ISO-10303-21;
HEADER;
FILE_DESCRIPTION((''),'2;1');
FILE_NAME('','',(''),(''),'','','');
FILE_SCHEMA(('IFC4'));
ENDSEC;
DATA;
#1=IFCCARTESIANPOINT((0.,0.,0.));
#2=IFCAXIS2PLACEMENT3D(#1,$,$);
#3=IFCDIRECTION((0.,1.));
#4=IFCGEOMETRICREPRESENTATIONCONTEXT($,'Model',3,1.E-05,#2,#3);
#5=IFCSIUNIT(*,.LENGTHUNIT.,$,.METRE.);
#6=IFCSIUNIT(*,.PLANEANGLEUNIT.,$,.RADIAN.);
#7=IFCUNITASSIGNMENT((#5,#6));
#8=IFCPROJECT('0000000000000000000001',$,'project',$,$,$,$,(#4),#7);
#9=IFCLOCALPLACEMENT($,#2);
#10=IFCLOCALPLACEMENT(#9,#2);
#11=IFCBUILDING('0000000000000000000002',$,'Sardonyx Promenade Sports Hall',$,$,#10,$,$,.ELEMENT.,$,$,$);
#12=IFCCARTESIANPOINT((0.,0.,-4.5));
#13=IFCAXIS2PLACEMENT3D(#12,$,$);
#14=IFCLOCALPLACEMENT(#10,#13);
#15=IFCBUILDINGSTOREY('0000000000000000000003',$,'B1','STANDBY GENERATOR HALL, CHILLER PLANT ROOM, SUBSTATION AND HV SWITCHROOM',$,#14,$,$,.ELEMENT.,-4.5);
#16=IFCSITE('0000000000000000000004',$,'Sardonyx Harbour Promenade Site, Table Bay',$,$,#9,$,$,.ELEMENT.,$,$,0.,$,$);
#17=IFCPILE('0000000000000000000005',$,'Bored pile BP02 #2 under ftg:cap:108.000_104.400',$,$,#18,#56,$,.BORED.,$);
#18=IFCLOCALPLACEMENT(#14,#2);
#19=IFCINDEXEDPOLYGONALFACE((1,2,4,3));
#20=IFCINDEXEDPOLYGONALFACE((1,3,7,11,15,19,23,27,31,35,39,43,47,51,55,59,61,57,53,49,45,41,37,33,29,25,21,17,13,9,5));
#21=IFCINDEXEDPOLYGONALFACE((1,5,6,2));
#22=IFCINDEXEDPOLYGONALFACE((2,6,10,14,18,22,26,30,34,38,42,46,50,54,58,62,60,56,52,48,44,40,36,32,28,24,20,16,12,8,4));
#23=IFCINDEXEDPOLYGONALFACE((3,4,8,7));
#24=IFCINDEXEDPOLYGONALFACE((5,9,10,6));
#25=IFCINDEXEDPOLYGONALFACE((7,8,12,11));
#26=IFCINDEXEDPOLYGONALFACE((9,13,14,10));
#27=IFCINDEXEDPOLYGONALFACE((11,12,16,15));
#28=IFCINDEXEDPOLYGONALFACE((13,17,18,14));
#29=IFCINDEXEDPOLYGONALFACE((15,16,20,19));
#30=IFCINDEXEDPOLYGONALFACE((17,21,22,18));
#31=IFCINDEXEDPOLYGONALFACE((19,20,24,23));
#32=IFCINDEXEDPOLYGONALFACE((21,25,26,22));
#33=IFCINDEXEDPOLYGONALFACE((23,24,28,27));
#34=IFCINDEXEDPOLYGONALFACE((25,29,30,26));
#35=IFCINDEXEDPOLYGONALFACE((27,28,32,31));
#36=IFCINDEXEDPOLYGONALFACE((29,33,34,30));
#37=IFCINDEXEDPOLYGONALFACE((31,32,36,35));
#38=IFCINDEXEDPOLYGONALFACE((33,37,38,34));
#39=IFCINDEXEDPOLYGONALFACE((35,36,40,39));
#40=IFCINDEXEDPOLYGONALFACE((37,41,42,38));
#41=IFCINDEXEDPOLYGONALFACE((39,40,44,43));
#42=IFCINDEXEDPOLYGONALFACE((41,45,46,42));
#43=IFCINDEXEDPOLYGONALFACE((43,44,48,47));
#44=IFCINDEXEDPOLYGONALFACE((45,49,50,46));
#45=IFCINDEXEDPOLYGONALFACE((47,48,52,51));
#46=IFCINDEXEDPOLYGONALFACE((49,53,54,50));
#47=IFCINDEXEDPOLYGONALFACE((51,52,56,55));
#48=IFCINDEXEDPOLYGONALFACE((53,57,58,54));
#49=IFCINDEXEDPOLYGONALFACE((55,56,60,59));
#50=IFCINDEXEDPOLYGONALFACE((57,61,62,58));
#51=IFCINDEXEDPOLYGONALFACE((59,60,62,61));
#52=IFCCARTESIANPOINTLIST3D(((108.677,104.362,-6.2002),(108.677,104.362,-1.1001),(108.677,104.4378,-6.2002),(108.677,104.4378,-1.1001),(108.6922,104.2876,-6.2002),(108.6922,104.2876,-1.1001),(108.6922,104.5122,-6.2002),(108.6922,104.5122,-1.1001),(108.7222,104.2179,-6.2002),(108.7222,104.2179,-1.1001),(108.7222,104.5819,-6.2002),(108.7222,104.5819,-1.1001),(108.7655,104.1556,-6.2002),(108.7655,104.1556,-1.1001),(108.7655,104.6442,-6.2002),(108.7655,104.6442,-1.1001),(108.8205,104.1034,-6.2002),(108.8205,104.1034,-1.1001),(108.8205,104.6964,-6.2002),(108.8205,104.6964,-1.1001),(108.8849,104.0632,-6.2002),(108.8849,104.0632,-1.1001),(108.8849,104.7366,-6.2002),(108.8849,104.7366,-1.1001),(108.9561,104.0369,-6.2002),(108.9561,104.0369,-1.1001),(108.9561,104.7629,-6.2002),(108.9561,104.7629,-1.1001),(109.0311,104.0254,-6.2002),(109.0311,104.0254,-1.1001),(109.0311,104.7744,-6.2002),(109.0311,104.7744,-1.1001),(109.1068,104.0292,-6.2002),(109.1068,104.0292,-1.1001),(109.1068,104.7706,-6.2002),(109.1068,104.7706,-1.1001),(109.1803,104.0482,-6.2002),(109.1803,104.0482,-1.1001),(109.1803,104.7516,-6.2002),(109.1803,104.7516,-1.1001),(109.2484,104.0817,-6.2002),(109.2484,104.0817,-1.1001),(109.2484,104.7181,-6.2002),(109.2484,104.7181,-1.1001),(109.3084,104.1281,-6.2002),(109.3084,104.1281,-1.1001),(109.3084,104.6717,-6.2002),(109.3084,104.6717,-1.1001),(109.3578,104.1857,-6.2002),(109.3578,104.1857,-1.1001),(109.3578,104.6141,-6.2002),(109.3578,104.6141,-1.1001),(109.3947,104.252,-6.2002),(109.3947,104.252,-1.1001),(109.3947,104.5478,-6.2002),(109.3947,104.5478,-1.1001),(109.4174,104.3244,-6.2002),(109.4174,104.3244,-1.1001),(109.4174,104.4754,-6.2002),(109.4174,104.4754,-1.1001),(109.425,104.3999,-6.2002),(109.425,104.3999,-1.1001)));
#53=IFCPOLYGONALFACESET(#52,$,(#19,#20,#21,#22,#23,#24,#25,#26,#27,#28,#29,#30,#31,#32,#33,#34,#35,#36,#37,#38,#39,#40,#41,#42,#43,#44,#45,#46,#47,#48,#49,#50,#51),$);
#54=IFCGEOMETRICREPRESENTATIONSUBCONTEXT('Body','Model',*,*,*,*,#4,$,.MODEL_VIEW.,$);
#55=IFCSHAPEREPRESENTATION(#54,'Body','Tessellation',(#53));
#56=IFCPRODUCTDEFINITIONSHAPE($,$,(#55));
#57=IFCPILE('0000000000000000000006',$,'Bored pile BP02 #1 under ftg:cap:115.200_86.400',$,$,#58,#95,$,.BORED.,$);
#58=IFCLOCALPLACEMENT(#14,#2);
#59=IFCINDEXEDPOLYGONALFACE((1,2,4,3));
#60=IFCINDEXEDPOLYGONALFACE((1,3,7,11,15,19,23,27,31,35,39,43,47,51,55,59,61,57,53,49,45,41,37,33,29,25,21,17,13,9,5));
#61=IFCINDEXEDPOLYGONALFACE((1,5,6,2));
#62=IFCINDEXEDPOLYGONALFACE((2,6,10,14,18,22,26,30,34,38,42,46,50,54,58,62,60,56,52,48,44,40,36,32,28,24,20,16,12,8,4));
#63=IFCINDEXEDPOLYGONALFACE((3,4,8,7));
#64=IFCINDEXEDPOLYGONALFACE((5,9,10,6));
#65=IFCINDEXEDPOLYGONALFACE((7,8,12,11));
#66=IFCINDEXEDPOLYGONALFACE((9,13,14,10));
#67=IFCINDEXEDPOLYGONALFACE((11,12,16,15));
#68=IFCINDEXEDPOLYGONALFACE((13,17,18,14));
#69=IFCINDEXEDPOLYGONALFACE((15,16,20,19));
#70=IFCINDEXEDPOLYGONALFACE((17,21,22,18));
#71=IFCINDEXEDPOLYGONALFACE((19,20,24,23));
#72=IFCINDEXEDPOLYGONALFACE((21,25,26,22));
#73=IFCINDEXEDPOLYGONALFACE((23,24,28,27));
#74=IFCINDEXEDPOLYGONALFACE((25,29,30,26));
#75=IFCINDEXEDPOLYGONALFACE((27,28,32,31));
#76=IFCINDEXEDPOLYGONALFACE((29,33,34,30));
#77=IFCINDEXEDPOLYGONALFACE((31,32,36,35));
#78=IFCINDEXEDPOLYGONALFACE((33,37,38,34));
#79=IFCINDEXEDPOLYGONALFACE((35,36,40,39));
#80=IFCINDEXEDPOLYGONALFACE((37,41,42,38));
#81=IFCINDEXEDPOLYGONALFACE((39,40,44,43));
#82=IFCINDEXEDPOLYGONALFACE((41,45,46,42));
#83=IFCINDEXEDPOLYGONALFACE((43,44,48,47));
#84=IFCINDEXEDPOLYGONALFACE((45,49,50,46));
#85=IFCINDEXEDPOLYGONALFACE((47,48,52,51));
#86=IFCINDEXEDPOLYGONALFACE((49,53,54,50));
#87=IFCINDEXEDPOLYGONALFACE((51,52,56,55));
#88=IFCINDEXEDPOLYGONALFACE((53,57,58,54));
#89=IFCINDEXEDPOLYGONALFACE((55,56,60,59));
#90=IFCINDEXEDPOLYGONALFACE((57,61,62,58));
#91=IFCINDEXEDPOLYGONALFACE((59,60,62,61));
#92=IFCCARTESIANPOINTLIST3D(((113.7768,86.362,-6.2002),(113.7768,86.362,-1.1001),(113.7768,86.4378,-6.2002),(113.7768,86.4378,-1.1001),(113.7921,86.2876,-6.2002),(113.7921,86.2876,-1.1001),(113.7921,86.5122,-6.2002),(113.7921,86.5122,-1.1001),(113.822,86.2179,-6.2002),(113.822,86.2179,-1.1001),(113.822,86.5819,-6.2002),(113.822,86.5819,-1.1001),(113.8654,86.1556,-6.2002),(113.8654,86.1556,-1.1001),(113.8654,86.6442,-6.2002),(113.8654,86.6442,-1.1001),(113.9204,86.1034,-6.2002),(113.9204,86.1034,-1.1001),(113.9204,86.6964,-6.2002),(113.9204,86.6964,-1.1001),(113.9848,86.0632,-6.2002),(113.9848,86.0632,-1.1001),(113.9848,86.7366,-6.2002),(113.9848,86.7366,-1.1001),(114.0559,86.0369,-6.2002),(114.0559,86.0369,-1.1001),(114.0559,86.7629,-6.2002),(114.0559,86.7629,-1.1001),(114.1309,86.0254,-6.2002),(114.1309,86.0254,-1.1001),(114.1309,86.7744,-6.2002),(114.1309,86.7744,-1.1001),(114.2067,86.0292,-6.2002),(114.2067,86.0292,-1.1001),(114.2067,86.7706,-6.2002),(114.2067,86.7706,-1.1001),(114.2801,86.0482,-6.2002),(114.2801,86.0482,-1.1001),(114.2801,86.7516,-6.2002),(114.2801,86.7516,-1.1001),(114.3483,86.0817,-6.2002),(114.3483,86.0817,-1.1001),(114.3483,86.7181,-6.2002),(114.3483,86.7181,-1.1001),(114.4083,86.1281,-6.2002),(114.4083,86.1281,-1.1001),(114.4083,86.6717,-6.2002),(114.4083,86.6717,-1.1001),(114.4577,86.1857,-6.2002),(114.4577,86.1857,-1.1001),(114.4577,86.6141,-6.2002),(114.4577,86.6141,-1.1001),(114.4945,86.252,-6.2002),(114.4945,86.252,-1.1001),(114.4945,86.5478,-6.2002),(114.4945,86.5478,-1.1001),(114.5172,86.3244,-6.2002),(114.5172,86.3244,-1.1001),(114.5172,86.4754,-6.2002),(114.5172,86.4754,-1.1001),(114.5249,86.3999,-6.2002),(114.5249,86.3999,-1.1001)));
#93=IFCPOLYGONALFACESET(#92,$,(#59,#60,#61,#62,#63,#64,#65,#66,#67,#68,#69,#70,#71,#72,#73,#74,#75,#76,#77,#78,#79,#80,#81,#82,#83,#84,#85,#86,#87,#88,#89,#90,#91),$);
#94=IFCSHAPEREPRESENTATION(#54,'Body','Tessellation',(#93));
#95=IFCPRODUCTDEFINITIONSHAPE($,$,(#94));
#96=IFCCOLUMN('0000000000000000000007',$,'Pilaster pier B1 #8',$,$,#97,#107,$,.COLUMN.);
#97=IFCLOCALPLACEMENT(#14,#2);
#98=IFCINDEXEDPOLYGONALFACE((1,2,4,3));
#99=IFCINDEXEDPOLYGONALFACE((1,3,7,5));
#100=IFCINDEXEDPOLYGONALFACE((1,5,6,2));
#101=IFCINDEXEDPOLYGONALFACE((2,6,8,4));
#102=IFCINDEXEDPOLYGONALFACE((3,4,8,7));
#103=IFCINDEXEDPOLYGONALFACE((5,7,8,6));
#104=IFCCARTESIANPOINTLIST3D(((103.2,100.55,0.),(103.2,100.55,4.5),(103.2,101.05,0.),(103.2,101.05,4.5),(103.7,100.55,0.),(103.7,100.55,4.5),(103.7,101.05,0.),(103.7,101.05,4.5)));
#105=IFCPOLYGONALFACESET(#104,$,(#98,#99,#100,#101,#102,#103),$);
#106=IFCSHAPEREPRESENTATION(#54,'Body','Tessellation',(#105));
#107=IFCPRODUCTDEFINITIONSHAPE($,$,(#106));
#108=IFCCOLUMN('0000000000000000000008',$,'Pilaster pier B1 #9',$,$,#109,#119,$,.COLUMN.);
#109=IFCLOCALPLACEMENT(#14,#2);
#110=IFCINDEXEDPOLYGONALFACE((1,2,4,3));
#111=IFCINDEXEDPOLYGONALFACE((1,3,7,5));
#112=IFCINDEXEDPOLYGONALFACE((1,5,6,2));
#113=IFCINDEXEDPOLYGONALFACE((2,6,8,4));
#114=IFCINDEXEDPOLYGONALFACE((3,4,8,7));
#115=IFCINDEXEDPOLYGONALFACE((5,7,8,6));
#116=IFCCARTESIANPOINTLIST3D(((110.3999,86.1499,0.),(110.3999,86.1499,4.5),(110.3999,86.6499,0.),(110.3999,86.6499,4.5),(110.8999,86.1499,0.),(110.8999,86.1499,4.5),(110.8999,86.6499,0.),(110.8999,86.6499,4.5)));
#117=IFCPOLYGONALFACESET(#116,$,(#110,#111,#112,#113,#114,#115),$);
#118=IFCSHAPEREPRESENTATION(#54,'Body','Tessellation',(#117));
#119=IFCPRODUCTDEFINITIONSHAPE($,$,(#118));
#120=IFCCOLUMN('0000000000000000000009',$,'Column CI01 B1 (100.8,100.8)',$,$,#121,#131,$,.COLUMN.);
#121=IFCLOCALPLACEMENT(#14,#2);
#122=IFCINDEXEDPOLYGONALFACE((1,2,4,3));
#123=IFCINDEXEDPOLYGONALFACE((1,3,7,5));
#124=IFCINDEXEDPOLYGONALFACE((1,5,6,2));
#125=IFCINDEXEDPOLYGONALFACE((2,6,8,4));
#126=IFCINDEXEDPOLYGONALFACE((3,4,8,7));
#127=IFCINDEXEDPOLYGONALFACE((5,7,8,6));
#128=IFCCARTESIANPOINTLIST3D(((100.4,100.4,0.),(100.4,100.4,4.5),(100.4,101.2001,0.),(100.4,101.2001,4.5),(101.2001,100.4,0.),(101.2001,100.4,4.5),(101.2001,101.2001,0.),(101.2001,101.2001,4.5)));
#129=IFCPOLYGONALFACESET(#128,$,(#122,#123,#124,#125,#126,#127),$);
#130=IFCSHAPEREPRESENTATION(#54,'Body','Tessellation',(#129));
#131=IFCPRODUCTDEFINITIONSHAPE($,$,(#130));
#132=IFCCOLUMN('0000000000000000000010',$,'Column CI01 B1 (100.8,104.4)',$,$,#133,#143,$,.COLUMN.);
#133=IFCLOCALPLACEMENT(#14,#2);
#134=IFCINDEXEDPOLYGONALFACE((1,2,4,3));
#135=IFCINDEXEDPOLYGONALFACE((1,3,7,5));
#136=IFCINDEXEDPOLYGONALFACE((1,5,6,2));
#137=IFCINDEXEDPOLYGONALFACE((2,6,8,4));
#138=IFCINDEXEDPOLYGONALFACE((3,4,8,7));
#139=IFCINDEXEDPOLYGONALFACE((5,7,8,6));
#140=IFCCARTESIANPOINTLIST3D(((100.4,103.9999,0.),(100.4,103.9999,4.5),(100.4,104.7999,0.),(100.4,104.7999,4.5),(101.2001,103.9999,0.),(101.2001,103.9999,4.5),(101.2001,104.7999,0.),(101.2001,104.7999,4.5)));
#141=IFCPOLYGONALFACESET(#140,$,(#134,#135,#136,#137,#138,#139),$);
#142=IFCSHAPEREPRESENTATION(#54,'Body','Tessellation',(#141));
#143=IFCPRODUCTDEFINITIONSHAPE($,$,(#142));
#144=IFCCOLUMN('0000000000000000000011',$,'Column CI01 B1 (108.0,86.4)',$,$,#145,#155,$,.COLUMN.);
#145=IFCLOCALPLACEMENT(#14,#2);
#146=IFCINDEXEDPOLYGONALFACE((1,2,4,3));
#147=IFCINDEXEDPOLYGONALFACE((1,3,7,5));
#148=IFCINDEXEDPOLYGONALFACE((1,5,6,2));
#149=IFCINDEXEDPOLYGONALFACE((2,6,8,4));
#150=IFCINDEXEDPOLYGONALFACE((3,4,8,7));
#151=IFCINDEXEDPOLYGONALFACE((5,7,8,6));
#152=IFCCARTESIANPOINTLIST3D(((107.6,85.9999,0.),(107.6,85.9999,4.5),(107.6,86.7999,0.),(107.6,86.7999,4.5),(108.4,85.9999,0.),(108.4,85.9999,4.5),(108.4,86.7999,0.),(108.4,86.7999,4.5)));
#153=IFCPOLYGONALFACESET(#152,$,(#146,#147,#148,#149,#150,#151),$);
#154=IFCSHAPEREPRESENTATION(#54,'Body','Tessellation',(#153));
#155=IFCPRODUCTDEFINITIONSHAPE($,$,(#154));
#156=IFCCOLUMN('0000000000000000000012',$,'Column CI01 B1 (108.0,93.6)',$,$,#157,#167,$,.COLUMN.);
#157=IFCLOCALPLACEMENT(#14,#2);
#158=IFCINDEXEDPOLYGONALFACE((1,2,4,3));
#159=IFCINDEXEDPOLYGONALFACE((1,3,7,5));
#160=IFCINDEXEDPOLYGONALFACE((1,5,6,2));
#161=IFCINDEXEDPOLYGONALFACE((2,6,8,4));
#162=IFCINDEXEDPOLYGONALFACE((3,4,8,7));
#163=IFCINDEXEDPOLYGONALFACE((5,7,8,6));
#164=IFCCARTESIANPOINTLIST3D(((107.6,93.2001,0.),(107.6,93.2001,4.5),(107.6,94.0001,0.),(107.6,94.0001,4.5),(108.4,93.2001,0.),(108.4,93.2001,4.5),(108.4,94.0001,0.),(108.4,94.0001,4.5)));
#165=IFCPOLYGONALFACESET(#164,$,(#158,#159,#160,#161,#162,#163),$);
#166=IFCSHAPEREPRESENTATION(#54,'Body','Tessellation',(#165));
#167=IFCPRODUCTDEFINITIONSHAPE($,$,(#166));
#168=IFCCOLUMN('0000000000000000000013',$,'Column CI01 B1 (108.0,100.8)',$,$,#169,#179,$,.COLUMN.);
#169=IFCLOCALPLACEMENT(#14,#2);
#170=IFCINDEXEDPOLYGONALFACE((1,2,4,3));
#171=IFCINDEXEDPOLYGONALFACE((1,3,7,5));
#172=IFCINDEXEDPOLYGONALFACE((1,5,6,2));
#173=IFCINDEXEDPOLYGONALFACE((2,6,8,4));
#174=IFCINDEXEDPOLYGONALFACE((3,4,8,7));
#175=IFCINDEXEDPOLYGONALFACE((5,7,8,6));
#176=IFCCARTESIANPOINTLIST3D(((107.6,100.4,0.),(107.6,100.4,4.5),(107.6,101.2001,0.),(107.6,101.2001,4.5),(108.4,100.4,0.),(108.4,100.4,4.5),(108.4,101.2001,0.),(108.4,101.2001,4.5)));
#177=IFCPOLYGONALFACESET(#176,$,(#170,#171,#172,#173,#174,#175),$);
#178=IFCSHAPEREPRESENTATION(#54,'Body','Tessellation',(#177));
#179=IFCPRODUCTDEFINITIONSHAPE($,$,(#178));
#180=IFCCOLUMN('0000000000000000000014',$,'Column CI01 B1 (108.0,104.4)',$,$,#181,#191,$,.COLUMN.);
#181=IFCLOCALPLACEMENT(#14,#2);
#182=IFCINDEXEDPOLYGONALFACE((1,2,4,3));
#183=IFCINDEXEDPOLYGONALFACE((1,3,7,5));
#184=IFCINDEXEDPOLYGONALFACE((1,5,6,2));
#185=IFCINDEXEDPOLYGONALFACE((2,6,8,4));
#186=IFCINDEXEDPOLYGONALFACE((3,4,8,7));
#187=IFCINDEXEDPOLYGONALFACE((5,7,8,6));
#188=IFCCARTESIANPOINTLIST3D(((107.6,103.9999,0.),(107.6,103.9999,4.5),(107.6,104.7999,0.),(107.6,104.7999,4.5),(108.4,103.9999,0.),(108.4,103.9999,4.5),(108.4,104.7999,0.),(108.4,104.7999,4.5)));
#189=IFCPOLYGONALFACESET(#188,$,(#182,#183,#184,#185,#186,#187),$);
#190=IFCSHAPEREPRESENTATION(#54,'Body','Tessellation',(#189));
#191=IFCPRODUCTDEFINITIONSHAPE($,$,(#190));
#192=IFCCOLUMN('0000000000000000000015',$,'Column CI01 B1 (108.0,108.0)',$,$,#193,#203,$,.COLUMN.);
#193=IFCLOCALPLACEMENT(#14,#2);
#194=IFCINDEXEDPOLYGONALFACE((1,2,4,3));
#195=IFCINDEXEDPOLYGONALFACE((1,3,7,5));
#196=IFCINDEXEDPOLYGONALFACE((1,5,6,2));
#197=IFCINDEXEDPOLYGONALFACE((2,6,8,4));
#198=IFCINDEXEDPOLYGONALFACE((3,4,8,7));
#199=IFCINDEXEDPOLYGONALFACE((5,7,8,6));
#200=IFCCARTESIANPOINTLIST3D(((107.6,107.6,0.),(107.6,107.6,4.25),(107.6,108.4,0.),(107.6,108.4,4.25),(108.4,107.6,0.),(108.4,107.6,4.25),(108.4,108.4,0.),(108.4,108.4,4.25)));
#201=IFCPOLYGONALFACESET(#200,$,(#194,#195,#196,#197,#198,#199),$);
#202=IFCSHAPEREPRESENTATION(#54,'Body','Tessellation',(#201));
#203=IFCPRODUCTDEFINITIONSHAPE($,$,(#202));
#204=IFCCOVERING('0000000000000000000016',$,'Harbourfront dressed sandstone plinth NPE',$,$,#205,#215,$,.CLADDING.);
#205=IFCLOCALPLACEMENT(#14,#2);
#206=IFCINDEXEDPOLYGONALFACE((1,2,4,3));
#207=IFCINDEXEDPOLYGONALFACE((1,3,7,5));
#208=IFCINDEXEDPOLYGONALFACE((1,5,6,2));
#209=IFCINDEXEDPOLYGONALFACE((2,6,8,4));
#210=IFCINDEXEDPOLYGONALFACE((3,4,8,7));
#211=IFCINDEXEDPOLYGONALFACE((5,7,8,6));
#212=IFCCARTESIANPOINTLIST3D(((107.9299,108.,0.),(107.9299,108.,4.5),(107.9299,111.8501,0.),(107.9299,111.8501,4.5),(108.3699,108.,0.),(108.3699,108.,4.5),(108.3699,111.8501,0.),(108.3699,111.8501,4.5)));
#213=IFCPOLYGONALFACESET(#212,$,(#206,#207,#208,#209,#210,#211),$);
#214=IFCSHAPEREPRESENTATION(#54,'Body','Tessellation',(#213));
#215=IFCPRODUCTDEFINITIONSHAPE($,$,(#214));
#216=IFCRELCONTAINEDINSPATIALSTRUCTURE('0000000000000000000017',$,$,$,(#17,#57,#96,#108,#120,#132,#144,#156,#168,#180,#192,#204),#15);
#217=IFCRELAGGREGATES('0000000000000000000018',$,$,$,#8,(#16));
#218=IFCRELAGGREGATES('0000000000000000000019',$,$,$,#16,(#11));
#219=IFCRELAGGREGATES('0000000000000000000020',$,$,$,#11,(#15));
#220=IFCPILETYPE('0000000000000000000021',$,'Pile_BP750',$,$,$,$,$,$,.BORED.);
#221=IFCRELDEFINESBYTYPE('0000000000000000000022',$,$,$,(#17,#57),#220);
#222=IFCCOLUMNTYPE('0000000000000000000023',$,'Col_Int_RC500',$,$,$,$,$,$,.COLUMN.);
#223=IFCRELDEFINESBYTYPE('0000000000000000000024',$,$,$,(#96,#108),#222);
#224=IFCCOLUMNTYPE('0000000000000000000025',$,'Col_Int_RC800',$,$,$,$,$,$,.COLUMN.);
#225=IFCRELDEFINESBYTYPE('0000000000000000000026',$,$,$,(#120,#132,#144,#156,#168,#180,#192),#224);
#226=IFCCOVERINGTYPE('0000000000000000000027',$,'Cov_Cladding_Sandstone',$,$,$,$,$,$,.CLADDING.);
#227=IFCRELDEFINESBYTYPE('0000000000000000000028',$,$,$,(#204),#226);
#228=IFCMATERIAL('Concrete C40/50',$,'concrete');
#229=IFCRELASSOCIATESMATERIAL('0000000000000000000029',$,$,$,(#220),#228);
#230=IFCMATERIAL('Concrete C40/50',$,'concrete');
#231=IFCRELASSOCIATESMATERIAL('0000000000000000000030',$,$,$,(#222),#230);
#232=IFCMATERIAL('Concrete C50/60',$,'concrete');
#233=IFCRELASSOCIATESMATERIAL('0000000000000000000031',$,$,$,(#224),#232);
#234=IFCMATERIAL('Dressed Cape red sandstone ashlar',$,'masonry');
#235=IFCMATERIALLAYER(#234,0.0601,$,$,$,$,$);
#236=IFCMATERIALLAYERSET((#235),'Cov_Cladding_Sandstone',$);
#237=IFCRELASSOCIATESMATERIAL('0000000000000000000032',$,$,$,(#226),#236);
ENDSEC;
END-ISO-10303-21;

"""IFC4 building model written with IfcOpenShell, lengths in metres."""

from ifc_helpers import new_model, si_unit, direction, frame, frame_2d, origin, origin_2d, place, context, subcontext, project, spatial, rectangle, circle, extrude, material, layer, layer_set, material_profile, profile_set, type_object, element, save


model = new_model("IFC4")

# Units and contexts
model_context = context("Model", 3, precision=1e-05, world=origin(), true_north=direction((0.0, 1.0)))
body_context = subcontext(model_context, "Body", "Model", "MODEL_VIEW")
ifc_project = project(units=[si_unit("LENGTHUNIT", "METRE"), si_unit("PLANEANGLEUNIT", "RADIAN")], contexts=[model_context])

# Site, building, storey
site_placement = place(None, origin())
site = spatial("IfcSite", under=ifc_project, at=site_placement, Name="Sardonyx Harbour Promenade Site, Table Bay", CompositionType="ELEMENT", RefElevation=0.0)
building_placement = place(site_placement, origin())
building = spatial("IfcBuilding", under=site, at=building_placement, Name="Sardonyx Promenade Sports Hall", CompositionType="ELEMENT")
storey_placement = place(building_placement, frame((0.0, 0.0, -4.5)))
storey = spatial("IfcBuildingStorey", under=building, at=storey_placement, Name="B1", Description="STANDBY GENERATOR HALL, CHILLER PLANT ROOM, SUBSTATION AND HV SWITCHROOM", CompositionType="ELEMENT", Elevation=-4.5)

# Piles
ifc_material_1 = material(Name="Concrete C40/50", Category="concrete")
ifc_material_profile_1 = material_profile(ifc_material_1, circle(Radius=0.375, at=origin_2d()))
ifc_profile_set_1 = profile_set([ifc_material_profile_1], Name="Concrete C40/50")
pile_type = type_object("IfcPileType", Name="Pile_BP750", PredefinedType="BORED", material=ifc_profile_set_1)
for number, where, z_axis, x_axis, name in (
    (1, (109.05, 104.3999, -1.1001), (0.0, 0.0, -1.0), (1.0, 0.0, 0.0), "Bored pile BP02 #2 under ftg:cap:108.000_104.400"),
    (2, (114.1499, 86.3999, -1.1001), (0.0, 0.0, -1.0), (1.0, 0.0, 0.0), "Bored pile BP02 #1 under ftg:cap:115.200_86.400"),
):
    element("IfcPile", number, at=place(storey_placement, frame(where, z_axis=z_axis, x_axis=x_axis)), inside=storey, type_object=pile_type, Name=name, PredefinedType="BORED", context=body_context, shape_type="SweptSolid", body=[
        extrude(circle(Radius=0.375, at=origin_2d()), origin(), (0.0, 0.0, 1.0), 5.1001),
    ])

# Columns
ifc_material_2 = material(Name="Concrete C40/50", Category="concrete")
ifc_material_profile_2 = material_profile(ifc_material_2, rectangle(XDim=0.5, YDim=0.5, at=origin_2d()))
ifc_profile_set_2 = profile_set([ifc_material_profile_2], Name="Concrete C40/50")
column_type_1 = type_object("IfcColumnType", Name="Col_Int_RC500", PredefinedType="COLUMN", material=ifc_profile_set_2)
for number, where, z_axis, x_axis, name in (
    (3, (103.45, 100.8, 0.0), (0.0, 0.0, 1.0), (1.0, 0.0, 0.0), "Pilaster pier B1 #8"),
    (4, (110.6499, 86.3999, 0.0), (0.0, 0.0, 1.0), (1.0, 0.0, 0.0), "Pilaster pier B1 #9"),
):
    element("IfcColumn", number, at=place(storey_placement, frame(where, z_axis=z_axis, x_axis=x_axis)), inside=storey, type_object=column_type_1, Name=name, PredefinedType="COLUMN", context=body_context, shape_type="SweptSolid", body=[
        extrude(rectangle(XDim=0.5, YDim=0.5, at=origin_2d()), origin(), (0.0, 0.0, 1.0), 4.5),
    ])
ifc_material_3 = material(Name="Concrete C50/60", Category="concrete")
ifc_material_profile_3 = material_profile(ifc_material_3, rectangle(XDim=0.8, YDim=0.8, at=origin_2d()))
ifc_profile_set_3 = profile_set([ifc_material_profile_3], Name="Concrete C50/60")
column_type_2 = type_object("IfcColumnType", Name="Col_Int_RC800", PredefinedType="COLUMN", material=ifc_profile_set_3)
for number, where, z_axis, x_axis, name in (
    (5, (100.8, 100.8, 0.0), (0.0, 0.0, 1.0), (1.0, 0.0, 0.0), "Column CI01 B1 (100.8,100.8)"),
    (6, (100.8, 104.3999, 0.0), (0.0, 0.0, 1.0), (1.0, 0.0, 0.0), "Column CI01 B1 (100.8,104.4)"),
    (7, (108.0, 86.3999, 0.0), (0.0, 0.0, 1.0), (1.0, 0.0, 0.0), "Column CI01 B1 (108.0,86.4)"),
    (8, (108.0, 93.6001, 0.0), (0.0, 0.0, 1.0), (1.0, 0.0, 0.0), "Column CI01 B1 (108.0,93.6)"),
    (9, (108.0, 100.8, 0.0), (0.0, 0.0, 1.0), (1.0, 0.0, 0.0), "Column CI01 B1 (108.0,100.8)"),
    (10, (108.0, 104.3999, 0.0), (0.0, 0.0, 1.0), (1.0, 0.0, 0.0), "Column CI01 B1 (108.0,104.4)"),
):
    element("IfcColumn", number, at=place(storey_placement, frame(where, z_axis=z_axis, x_axis=x_axis)), inside=storey, type_object=column_type_2, Name=name, PredefinedType="COLUMN", context=body_context, shape_type="SweptSolid", body=[
        extrude(rectangle(XDim=0.8, YDim=0.8, at=origin_2d()), origin(), (0.0, 0.0, 1.0), 4.5),
    ])
column_placement = place(storey_placement, frame((108.0, 108.0, 0.0), z_axis=(0.0, 0.0, 1.0), x_axis=(1.0, 0.0, 0.0)))
element("IfcColumn", 11, at=column_placement, inside=storey, type_object=column_type_2, Name="Column CI01 B1 (108.0,108.0)", PredefinedType="COLUMN", context=body_context, shape_type="SweptSolid", body=[
    extrude(rectangle(XDim=0.8, YDim=0.8, at=origin_2d()), origin(), (0.0, 0.0, 1.0), 4.25),
])

# Covering
ifc_material_4 = material(Name="Dressed Cape red sandstone ashlar", Category="masonry")
ifc_layer = layer(ifc_material_4, 0.0601)
ifc_layer_set = layer_set([ifc_layer], Name="Cov_Cladding_Sandstone")
covering_type = type_object("IfcCoveringType", Name="Cov_Cladding_Sandstone", PredefinedType="CLADDING", material=ifc_layer_set)
covering_1_placement = place(storey_placement, frame((108.1499, 108.0, 0.0), z_axis=(0.0, 0.0, 1.0), x_axis=(0.0, 1.0, 0.0)))
element("IfcCovering", 12, at=covering_1_placement, inside=storey, type_object=covering_type, Name="Harbourfront dressed sandstone plinth NPE", PredefinedType="CLADDING", context=body_context, shape_type="SweptSolid", body=[
    extrude(rectangle(XDim=3.8501, YDim=0.4399, at=frame_2d((1.925, 0.0))), origin(), (0.0, 0.0, 1.0), 4.5),
])

save(model, "model.ifc")
